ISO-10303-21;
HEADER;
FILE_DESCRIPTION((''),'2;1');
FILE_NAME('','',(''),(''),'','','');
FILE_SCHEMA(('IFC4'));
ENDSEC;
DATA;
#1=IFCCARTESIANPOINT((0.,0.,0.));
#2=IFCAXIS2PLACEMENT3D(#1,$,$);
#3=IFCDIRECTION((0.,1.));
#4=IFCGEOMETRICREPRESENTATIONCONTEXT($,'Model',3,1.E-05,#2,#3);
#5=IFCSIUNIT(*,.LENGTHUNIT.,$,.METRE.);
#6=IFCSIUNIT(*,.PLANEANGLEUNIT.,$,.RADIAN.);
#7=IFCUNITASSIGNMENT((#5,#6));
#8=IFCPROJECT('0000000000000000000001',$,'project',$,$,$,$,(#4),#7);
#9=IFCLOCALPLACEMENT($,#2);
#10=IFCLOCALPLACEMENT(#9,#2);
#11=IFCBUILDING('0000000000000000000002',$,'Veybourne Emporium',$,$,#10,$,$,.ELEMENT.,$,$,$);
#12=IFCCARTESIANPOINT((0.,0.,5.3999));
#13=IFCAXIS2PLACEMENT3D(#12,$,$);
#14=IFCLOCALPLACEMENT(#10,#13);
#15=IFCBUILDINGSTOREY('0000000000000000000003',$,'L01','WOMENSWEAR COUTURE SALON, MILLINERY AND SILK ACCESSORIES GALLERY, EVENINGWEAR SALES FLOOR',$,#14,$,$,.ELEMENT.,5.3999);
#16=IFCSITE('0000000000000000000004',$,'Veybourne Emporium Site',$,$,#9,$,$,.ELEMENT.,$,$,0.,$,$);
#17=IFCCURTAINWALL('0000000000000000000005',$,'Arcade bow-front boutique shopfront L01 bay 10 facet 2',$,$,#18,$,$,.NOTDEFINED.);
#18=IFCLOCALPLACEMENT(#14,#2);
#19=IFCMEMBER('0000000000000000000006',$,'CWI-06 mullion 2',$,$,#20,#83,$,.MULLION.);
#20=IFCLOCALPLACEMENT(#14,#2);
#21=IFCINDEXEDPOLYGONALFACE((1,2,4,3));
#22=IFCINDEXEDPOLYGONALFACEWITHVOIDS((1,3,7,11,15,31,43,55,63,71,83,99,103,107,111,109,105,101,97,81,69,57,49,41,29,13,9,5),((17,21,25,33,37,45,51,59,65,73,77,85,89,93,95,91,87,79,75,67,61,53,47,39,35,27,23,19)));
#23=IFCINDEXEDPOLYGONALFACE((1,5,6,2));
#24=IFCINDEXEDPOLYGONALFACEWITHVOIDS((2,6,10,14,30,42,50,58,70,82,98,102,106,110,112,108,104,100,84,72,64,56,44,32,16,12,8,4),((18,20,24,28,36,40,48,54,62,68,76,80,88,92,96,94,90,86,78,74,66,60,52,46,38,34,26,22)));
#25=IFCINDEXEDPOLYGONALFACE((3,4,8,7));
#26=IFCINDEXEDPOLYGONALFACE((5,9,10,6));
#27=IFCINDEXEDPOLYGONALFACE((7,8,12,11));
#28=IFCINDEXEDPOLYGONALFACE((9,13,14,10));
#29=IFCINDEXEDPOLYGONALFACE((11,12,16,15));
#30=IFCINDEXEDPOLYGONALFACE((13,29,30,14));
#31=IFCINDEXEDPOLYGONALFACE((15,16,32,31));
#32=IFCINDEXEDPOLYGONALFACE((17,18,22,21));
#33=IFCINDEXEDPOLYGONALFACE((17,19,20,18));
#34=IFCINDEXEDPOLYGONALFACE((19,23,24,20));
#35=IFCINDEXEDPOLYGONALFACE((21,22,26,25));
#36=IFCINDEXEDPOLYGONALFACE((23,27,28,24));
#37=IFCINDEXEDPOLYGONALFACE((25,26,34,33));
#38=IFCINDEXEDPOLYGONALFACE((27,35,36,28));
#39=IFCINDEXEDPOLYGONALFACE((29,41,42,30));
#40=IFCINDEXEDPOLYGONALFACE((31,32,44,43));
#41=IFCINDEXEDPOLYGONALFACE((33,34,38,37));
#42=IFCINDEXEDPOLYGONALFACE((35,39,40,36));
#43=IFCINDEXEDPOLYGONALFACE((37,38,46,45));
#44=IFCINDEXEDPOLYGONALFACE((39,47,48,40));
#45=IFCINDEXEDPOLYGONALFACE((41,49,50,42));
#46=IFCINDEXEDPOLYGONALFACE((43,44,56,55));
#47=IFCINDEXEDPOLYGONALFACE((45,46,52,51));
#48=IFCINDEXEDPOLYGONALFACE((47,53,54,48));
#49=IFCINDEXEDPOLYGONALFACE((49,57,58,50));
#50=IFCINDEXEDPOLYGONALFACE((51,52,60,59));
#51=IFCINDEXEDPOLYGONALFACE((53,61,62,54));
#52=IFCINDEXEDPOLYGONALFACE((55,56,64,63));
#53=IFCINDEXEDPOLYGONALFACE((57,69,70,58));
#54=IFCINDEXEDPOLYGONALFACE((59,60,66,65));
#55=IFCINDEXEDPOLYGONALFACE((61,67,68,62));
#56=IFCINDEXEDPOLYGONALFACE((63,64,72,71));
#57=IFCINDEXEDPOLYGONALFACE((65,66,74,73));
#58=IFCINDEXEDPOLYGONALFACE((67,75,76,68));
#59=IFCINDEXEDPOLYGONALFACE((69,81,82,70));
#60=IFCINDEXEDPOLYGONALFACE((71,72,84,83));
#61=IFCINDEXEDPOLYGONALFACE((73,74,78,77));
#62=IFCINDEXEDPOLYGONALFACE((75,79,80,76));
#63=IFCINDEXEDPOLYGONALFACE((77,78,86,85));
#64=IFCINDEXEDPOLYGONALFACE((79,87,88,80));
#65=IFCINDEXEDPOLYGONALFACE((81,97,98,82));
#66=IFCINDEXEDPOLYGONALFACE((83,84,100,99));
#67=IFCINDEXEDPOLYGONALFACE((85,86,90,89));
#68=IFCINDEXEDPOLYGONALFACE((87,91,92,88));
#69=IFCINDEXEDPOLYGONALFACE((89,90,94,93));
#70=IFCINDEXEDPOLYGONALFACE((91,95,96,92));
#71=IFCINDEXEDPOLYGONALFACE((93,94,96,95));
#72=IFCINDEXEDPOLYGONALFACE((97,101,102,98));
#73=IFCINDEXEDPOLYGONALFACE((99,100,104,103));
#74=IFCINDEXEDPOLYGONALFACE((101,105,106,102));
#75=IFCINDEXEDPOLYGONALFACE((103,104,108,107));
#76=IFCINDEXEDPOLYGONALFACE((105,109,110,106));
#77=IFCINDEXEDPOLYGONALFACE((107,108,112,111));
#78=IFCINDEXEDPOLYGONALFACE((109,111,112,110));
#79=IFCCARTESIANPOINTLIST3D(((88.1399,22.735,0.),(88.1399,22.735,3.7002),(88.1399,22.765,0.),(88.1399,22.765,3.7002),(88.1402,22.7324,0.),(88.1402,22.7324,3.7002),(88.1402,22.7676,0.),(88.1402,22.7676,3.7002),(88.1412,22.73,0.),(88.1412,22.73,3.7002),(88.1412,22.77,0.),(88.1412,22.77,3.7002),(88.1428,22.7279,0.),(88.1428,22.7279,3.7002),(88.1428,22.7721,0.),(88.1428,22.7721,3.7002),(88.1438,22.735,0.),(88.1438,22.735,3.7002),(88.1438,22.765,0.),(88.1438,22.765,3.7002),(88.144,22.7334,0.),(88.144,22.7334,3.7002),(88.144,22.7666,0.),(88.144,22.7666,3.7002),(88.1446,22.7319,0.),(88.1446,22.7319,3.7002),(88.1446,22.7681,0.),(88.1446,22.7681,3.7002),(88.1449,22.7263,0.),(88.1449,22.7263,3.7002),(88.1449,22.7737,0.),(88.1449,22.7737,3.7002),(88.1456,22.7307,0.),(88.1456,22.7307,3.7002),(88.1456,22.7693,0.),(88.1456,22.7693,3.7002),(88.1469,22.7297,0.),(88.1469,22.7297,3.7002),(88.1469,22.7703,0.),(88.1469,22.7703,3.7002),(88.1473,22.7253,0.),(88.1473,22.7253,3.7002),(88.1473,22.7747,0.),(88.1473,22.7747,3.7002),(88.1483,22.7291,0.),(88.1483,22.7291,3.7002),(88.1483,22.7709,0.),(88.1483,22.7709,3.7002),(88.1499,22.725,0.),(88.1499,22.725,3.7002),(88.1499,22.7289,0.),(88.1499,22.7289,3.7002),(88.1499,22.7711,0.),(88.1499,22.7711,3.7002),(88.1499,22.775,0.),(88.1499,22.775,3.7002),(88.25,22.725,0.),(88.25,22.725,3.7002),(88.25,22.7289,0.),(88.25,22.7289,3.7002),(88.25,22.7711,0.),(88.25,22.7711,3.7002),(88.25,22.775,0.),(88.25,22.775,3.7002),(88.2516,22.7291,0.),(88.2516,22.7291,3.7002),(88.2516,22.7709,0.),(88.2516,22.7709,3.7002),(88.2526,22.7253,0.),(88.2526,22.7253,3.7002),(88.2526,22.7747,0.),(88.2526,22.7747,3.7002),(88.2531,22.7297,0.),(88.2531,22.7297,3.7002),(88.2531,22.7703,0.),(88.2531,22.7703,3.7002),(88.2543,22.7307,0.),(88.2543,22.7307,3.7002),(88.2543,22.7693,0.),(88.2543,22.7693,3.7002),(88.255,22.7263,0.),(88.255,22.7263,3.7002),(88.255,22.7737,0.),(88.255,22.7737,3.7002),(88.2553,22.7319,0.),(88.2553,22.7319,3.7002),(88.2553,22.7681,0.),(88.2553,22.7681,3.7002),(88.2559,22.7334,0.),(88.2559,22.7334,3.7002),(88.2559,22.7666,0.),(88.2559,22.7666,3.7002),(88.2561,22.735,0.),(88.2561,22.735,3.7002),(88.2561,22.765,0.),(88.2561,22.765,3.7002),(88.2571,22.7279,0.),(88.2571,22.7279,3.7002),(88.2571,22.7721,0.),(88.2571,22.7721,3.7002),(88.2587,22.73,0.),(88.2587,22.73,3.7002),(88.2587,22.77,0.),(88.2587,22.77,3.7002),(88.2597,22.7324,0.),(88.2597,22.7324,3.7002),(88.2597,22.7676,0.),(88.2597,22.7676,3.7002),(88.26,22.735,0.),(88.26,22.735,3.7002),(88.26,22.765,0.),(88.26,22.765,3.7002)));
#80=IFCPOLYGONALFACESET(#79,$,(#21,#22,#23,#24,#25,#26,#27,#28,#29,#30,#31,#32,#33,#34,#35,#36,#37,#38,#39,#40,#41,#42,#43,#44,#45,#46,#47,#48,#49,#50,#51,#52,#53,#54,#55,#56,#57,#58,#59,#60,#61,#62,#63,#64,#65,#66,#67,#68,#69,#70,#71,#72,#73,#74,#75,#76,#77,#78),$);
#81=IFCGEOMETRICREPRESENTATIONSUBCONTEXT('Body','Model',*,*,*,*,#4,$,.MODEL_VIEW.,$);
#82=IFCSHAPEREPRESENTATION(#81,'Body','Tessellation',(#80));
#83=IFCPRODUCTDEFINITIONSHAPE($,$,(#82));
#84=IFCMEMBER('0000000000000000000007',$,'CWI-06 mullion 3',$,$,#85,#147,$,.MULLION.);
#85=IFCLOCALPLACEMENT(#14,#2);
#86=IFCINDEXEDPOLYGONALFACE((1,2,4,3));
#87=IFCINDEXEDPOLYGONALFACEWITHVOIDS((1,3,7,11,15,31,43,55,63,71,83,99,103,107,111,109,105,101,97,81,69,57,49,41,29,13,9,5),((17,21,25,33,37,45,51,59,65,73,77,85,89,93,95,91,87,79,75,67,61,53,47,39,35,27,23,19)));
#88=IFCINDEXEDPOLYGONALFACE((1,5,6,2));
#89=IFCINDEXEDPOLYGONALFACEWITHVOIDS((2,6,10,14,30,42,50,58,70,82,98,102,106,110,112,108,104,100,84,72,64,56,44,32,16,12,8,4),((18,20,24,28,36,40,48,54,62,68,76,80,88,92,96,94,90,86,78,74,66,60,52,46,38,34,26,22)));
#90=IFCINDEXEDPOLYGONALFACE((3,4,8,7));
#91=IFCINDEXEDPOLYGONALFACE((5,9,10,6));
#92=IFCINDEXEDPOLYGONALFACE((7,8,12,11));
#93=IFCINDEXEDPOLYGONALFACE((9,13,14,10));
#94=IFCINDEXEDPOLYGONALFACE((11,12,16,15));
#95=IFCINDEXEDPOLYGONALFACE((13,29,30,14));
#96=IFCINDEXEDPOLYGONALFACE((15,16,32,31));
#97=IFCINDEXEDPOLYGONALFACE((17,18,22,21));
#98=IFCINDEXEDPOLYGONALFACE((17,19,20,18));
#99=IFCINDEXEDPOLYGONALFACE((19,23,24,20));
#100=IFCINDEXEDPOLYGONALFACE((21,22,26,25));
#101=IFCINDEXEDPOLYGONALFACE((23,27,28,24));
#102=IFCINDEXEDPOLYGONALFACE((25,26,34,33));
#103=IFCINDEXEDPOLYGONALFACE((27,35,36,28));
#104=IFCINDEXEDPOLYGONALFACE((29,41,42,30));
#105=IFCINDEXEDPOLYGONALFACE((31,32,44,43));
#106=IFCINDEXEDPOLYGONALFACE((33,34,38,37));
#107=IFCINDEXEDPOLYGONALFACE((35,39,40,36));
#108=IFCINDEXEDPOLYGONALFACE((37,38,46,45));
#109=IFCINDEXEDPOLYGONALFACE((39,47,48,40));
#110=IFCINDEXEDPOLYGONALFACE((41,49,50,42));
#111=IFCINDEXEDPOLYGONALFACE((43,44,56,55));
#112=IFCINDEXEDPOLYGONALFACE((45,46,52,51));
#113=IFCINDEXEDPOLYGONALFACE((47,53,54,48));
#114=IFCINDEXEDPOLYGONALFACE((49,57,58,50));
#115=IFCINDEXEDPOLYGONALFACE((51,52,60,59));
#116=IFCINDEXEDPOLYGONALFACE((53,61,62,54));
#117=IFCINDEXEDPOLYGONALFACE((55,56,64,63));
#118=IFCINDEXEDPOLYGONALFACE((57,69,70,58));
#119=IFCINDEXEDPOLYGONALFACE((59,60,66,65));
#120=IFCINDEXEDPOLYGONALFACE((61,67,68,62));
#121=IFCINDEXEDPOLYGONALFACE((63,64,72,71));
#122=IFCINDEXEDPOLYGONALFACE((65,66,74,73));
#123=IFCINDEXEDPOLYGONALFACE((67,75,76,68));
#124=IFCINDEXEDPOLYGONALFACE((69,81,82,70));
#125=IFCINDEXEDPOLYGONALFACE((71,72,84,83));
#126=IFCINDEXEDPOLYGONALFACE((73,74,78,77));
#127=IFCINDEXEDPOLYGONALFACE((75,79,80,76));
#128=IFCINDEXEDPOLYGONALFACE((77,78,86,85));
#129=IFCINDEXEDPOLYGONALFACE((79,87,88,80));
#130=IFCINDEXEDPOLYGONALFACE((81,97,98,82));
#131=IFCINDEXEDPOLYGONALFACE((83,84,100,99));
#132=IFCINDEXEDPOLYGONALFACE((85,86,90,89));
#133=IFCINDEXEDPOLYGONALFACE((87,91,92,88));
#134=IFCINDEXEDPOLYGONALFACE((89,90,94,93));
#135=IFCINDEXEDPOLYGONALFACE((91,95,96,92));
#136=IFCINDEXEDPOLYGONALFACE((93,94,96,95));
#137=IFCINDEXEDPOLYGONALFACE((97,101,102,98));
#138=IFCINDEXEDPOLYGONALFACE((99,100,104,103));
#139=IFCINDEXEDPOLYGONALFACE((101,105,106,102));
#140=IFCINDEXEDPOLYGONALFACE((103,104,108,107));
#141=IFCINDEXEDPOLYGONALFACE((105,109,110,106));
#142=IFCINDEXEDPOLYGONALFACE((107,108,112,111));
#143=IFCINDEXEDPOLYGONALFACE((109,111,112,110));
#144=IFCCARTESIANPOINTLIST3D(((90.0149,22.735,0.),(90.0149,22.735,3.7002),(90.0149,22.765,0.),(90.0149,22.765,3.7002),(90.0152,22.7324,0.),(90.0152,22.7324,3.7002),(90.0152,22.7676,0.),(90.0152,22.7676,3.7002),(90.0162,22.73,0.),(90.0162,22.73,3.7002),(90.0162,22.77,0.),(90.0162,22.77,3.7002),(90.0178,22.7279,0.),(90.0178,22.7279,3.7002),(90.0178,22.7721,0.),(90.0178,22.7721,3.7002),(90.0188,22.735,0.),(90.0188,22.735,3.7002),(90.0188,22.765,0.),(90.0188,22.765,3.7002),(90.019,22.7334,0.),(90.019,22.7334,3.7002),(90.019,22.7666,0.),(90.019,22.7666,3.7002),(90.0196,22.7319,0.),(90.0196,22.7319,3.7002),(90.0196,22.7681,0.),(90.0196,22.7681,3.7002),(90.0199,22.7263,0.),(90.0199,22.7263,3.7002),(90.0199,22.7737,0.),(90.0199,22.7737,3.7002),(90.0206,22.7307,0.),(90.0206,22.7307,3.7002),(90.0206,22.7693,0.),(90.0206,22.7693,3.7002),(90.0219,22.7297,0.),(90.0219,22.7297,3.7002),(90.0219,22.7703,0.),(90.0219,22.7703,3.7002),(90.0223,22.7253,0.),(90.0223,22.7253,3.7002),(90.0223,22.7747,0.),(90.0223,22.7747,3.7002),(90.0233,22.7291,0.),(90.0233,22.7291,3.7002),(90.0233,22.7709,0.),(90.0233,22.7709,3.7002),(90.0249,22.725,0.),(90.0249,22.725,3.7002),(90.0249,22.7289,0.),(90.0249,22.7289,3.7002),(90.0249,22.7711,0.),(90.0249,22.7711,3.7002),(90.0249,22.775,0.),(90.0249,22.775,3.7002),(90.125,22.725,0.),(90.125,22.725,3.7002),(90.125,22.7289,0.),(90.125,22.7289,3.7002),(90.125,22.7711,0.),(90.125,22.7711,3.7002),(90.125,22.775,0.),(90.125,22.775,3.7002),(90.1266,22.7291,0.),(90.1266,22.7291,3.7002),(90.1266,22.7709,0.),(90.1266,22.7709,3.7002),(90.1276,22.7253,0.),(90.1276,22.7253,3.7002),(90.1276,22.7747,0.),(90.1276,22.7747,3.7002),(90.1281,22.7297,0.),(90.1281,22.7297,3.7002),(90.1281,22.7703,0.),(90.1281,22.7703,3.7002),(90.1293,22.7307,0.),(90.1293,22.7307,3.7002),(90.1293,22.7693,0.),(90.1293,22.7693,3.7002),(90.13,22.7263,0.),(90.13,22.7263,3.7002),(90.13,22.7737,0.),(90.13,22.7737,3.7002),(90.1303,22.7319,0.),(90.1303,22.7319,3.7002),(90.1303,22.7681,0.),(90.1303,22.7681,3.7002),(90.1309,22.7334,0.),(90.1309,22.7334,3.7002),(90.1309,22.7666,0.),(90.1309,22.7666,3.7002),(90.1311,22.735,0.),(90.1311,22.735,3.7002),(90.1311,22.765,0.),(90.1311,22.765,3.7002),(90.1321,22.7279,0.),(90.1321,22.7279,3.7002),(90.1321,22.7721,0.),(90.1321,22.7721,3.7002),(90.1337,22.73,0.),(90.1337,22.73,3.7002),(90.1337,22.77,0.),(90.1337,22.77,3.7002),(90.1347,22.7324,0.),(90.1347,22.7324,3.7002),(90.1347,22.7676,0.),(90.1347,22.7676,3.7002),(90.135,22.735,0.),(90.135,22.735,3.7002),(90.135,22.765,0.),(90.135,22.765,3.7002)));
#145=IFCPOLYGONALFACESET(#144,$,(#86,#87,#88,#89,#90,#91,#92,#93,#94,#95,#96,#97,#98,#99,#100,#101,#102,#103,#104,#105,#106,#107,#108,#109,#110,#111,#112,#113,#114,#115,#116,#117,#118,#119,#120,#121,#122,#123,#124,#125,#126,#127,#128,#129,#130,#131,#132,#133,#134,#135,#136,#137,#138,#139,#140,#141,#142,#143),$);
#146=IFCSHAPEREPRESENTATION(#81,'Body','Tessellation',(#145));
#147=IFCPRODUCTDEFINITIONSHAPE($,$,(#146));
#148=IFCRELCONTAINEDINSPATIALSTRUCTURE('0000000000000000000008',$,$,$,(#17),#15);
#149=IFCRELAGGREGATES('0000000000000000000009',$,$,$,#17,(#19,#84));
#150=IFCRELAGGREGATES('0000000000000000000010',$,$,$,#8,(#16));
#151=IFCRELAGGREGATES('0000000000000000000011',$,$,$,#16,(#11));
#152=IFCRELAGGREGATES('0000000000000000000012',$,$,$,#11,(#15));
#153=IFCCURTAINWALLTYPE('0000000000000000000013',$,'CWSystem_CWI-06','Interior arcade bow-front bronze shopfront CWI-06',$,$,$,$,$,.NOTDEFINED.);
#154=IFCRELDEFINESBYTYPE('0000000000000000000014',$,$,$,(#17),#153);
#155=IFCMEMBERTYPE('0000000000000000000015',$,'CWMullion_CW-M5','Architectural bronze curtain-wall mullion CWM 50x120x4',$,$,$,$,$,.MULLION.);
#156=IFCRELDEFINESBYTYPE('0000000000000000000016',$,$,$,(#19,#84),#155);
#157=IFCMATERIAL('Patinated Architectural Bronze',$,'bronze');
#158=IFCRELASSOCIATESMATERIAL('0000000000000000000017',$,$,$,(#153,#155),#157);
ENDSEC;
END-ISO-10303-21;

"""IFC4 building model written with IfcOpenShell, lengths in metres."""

from ifc_helpers import new_model, si_unit, direction, frame, origin, origin_2d, place, context, subcontext, project, spatial, hollow_rectangle, extrude, material, material_profile, profile_set, type_object, element, aggregate, save


model = new_model("IFC4")

# Units and contexts
model_context = context("Model", 3, precision=1e-05, world=origin(), true_north=direction((0.0, 1.0)))
body_context = subcontext(model_context, "Body", "Model", "MODEL_VIEW")
ifc_project = project(units=[si_unit("LENGTHUNIT", "METRE"), si_unit("PLANEANGLEUNIT", "RADIAN")], contexts=[model_context])

# Site, building, storey
site_placement = place(None, origin())
site = spatial("IfcSite", under=ifc_project, at=site_placement, Name="Veybourne Emporium Site", CompositionType="ELEMENT", RefElevation=0.0)
building_placement = place(site_placement, origin())
building = spatial("IfcBuilding", under=site, at=building_placement, Name="Veybourne Emporium", CompositionType="ELEMENT")
storey_placement = place(building_placement, frame((0.0, 0.0, 5.3999)))
storey = spatial("IfcBuildingStorey", under=building, at=storey_placement, Name="L01", Description="WOMENSWEAR COUTURE SALON, MILLINERY AND SILK ACCESSORIES GALLERY, EVENINGWEAR SALES FLOOR", CompositionType="ELEMENT", Elevation=5.3999)

# Curtain wall, members
ifc_material_1 = material(Name="Patinated Architectural Bronze", Category="bronze")
curtain_wall_type_1 = type_object("IfcCurtainWallType", Name="CWSystem_CWI-06", Description="Interior arcade bow-front bronze shopfront CWI-06", PredefinedType="NOTDEFINED", material=ifc_material_1)
curtain_wall_1_placement = place(storey_placement, origin())
curtain_wall_1 = element("IfcCurtainWall", 1, at=curtain_wall_1_placement, inside=storey, type_object=curtain_wall_type_1, Name="Arcade bow-front boutique shopfront L01 bay 10 facet 2", PredefinedType="NOTDEFINED")
ifc_material_profile_1 = material_profile(ifc_material_1, hollow_rectangle(XDim=0.05, YDim=0.1201, WallThickness=0.0039, InnerFilletRadius=0.0061, OuterFilletRadius=0.01, at=origin_2d()), Name="CWM 50x120x4")
ifc_profile_set_1 = profile_set([ifc_material_profile_1], Name="Patinated Architectural Bronze")
member_type_1 = type_object("IfcMemberType", Name="CWMullion_CW-M5", Description="Architectural bronze curtain-wall mullion CWM 50x120x4", PredefinedType="MULLION", material=ifc_profile_set_1)
member_1_placement = place(storey_placement, frame((88.2, 22.75, 0.0), z_axis=(0.0, 0.0, 1.0), x_axis=(0.0, 1.0, 0.0)))
member_1 = element("IfcMember", 2, at=member_1_placement, type_object=member_type_1, Name="CWI-06 mullion 2", PredefinedType="MULLION", context=body_context, shape_type="SweptSolid", body=[
    extrude(hollow_rectangle(XDim=0.05, YDim=0.1201, WallThickness=0.0039, InnerFilletRadius=0.0061, OuterFilletRadius=0.01, at=origin_2d()), origin(), (0.0, 0.0, 1.0), 3.7002),
])
member_2_placement = place(storey_placement, frame((90.075, 22.75, 0.0), z_axis=(0.0, 0.0, 1.0), x_axis=(0.0, 1.0, 0.0)))
member_2 = element("IfcMember", 3, at=member_2_placement, type_object=member_type_1, Name="CWI-06 mullion 3", PredefinedType="MULLION", context=body_context, shape_type="SweptSolid", body=[
    extrude(hollow_rectangle(XDim=0.05, YDim=0.1201, WallThickness=0.0039, InnerFilletRadius=0.0061, OuterFilletRadius=0.01, at=origin_2d()), origin(), (0.0, 0.0, 1.0), 3.7002),
])

aggregate(curtain_wall_1, [member_1, member_2])

save(model, "model.ifc")
